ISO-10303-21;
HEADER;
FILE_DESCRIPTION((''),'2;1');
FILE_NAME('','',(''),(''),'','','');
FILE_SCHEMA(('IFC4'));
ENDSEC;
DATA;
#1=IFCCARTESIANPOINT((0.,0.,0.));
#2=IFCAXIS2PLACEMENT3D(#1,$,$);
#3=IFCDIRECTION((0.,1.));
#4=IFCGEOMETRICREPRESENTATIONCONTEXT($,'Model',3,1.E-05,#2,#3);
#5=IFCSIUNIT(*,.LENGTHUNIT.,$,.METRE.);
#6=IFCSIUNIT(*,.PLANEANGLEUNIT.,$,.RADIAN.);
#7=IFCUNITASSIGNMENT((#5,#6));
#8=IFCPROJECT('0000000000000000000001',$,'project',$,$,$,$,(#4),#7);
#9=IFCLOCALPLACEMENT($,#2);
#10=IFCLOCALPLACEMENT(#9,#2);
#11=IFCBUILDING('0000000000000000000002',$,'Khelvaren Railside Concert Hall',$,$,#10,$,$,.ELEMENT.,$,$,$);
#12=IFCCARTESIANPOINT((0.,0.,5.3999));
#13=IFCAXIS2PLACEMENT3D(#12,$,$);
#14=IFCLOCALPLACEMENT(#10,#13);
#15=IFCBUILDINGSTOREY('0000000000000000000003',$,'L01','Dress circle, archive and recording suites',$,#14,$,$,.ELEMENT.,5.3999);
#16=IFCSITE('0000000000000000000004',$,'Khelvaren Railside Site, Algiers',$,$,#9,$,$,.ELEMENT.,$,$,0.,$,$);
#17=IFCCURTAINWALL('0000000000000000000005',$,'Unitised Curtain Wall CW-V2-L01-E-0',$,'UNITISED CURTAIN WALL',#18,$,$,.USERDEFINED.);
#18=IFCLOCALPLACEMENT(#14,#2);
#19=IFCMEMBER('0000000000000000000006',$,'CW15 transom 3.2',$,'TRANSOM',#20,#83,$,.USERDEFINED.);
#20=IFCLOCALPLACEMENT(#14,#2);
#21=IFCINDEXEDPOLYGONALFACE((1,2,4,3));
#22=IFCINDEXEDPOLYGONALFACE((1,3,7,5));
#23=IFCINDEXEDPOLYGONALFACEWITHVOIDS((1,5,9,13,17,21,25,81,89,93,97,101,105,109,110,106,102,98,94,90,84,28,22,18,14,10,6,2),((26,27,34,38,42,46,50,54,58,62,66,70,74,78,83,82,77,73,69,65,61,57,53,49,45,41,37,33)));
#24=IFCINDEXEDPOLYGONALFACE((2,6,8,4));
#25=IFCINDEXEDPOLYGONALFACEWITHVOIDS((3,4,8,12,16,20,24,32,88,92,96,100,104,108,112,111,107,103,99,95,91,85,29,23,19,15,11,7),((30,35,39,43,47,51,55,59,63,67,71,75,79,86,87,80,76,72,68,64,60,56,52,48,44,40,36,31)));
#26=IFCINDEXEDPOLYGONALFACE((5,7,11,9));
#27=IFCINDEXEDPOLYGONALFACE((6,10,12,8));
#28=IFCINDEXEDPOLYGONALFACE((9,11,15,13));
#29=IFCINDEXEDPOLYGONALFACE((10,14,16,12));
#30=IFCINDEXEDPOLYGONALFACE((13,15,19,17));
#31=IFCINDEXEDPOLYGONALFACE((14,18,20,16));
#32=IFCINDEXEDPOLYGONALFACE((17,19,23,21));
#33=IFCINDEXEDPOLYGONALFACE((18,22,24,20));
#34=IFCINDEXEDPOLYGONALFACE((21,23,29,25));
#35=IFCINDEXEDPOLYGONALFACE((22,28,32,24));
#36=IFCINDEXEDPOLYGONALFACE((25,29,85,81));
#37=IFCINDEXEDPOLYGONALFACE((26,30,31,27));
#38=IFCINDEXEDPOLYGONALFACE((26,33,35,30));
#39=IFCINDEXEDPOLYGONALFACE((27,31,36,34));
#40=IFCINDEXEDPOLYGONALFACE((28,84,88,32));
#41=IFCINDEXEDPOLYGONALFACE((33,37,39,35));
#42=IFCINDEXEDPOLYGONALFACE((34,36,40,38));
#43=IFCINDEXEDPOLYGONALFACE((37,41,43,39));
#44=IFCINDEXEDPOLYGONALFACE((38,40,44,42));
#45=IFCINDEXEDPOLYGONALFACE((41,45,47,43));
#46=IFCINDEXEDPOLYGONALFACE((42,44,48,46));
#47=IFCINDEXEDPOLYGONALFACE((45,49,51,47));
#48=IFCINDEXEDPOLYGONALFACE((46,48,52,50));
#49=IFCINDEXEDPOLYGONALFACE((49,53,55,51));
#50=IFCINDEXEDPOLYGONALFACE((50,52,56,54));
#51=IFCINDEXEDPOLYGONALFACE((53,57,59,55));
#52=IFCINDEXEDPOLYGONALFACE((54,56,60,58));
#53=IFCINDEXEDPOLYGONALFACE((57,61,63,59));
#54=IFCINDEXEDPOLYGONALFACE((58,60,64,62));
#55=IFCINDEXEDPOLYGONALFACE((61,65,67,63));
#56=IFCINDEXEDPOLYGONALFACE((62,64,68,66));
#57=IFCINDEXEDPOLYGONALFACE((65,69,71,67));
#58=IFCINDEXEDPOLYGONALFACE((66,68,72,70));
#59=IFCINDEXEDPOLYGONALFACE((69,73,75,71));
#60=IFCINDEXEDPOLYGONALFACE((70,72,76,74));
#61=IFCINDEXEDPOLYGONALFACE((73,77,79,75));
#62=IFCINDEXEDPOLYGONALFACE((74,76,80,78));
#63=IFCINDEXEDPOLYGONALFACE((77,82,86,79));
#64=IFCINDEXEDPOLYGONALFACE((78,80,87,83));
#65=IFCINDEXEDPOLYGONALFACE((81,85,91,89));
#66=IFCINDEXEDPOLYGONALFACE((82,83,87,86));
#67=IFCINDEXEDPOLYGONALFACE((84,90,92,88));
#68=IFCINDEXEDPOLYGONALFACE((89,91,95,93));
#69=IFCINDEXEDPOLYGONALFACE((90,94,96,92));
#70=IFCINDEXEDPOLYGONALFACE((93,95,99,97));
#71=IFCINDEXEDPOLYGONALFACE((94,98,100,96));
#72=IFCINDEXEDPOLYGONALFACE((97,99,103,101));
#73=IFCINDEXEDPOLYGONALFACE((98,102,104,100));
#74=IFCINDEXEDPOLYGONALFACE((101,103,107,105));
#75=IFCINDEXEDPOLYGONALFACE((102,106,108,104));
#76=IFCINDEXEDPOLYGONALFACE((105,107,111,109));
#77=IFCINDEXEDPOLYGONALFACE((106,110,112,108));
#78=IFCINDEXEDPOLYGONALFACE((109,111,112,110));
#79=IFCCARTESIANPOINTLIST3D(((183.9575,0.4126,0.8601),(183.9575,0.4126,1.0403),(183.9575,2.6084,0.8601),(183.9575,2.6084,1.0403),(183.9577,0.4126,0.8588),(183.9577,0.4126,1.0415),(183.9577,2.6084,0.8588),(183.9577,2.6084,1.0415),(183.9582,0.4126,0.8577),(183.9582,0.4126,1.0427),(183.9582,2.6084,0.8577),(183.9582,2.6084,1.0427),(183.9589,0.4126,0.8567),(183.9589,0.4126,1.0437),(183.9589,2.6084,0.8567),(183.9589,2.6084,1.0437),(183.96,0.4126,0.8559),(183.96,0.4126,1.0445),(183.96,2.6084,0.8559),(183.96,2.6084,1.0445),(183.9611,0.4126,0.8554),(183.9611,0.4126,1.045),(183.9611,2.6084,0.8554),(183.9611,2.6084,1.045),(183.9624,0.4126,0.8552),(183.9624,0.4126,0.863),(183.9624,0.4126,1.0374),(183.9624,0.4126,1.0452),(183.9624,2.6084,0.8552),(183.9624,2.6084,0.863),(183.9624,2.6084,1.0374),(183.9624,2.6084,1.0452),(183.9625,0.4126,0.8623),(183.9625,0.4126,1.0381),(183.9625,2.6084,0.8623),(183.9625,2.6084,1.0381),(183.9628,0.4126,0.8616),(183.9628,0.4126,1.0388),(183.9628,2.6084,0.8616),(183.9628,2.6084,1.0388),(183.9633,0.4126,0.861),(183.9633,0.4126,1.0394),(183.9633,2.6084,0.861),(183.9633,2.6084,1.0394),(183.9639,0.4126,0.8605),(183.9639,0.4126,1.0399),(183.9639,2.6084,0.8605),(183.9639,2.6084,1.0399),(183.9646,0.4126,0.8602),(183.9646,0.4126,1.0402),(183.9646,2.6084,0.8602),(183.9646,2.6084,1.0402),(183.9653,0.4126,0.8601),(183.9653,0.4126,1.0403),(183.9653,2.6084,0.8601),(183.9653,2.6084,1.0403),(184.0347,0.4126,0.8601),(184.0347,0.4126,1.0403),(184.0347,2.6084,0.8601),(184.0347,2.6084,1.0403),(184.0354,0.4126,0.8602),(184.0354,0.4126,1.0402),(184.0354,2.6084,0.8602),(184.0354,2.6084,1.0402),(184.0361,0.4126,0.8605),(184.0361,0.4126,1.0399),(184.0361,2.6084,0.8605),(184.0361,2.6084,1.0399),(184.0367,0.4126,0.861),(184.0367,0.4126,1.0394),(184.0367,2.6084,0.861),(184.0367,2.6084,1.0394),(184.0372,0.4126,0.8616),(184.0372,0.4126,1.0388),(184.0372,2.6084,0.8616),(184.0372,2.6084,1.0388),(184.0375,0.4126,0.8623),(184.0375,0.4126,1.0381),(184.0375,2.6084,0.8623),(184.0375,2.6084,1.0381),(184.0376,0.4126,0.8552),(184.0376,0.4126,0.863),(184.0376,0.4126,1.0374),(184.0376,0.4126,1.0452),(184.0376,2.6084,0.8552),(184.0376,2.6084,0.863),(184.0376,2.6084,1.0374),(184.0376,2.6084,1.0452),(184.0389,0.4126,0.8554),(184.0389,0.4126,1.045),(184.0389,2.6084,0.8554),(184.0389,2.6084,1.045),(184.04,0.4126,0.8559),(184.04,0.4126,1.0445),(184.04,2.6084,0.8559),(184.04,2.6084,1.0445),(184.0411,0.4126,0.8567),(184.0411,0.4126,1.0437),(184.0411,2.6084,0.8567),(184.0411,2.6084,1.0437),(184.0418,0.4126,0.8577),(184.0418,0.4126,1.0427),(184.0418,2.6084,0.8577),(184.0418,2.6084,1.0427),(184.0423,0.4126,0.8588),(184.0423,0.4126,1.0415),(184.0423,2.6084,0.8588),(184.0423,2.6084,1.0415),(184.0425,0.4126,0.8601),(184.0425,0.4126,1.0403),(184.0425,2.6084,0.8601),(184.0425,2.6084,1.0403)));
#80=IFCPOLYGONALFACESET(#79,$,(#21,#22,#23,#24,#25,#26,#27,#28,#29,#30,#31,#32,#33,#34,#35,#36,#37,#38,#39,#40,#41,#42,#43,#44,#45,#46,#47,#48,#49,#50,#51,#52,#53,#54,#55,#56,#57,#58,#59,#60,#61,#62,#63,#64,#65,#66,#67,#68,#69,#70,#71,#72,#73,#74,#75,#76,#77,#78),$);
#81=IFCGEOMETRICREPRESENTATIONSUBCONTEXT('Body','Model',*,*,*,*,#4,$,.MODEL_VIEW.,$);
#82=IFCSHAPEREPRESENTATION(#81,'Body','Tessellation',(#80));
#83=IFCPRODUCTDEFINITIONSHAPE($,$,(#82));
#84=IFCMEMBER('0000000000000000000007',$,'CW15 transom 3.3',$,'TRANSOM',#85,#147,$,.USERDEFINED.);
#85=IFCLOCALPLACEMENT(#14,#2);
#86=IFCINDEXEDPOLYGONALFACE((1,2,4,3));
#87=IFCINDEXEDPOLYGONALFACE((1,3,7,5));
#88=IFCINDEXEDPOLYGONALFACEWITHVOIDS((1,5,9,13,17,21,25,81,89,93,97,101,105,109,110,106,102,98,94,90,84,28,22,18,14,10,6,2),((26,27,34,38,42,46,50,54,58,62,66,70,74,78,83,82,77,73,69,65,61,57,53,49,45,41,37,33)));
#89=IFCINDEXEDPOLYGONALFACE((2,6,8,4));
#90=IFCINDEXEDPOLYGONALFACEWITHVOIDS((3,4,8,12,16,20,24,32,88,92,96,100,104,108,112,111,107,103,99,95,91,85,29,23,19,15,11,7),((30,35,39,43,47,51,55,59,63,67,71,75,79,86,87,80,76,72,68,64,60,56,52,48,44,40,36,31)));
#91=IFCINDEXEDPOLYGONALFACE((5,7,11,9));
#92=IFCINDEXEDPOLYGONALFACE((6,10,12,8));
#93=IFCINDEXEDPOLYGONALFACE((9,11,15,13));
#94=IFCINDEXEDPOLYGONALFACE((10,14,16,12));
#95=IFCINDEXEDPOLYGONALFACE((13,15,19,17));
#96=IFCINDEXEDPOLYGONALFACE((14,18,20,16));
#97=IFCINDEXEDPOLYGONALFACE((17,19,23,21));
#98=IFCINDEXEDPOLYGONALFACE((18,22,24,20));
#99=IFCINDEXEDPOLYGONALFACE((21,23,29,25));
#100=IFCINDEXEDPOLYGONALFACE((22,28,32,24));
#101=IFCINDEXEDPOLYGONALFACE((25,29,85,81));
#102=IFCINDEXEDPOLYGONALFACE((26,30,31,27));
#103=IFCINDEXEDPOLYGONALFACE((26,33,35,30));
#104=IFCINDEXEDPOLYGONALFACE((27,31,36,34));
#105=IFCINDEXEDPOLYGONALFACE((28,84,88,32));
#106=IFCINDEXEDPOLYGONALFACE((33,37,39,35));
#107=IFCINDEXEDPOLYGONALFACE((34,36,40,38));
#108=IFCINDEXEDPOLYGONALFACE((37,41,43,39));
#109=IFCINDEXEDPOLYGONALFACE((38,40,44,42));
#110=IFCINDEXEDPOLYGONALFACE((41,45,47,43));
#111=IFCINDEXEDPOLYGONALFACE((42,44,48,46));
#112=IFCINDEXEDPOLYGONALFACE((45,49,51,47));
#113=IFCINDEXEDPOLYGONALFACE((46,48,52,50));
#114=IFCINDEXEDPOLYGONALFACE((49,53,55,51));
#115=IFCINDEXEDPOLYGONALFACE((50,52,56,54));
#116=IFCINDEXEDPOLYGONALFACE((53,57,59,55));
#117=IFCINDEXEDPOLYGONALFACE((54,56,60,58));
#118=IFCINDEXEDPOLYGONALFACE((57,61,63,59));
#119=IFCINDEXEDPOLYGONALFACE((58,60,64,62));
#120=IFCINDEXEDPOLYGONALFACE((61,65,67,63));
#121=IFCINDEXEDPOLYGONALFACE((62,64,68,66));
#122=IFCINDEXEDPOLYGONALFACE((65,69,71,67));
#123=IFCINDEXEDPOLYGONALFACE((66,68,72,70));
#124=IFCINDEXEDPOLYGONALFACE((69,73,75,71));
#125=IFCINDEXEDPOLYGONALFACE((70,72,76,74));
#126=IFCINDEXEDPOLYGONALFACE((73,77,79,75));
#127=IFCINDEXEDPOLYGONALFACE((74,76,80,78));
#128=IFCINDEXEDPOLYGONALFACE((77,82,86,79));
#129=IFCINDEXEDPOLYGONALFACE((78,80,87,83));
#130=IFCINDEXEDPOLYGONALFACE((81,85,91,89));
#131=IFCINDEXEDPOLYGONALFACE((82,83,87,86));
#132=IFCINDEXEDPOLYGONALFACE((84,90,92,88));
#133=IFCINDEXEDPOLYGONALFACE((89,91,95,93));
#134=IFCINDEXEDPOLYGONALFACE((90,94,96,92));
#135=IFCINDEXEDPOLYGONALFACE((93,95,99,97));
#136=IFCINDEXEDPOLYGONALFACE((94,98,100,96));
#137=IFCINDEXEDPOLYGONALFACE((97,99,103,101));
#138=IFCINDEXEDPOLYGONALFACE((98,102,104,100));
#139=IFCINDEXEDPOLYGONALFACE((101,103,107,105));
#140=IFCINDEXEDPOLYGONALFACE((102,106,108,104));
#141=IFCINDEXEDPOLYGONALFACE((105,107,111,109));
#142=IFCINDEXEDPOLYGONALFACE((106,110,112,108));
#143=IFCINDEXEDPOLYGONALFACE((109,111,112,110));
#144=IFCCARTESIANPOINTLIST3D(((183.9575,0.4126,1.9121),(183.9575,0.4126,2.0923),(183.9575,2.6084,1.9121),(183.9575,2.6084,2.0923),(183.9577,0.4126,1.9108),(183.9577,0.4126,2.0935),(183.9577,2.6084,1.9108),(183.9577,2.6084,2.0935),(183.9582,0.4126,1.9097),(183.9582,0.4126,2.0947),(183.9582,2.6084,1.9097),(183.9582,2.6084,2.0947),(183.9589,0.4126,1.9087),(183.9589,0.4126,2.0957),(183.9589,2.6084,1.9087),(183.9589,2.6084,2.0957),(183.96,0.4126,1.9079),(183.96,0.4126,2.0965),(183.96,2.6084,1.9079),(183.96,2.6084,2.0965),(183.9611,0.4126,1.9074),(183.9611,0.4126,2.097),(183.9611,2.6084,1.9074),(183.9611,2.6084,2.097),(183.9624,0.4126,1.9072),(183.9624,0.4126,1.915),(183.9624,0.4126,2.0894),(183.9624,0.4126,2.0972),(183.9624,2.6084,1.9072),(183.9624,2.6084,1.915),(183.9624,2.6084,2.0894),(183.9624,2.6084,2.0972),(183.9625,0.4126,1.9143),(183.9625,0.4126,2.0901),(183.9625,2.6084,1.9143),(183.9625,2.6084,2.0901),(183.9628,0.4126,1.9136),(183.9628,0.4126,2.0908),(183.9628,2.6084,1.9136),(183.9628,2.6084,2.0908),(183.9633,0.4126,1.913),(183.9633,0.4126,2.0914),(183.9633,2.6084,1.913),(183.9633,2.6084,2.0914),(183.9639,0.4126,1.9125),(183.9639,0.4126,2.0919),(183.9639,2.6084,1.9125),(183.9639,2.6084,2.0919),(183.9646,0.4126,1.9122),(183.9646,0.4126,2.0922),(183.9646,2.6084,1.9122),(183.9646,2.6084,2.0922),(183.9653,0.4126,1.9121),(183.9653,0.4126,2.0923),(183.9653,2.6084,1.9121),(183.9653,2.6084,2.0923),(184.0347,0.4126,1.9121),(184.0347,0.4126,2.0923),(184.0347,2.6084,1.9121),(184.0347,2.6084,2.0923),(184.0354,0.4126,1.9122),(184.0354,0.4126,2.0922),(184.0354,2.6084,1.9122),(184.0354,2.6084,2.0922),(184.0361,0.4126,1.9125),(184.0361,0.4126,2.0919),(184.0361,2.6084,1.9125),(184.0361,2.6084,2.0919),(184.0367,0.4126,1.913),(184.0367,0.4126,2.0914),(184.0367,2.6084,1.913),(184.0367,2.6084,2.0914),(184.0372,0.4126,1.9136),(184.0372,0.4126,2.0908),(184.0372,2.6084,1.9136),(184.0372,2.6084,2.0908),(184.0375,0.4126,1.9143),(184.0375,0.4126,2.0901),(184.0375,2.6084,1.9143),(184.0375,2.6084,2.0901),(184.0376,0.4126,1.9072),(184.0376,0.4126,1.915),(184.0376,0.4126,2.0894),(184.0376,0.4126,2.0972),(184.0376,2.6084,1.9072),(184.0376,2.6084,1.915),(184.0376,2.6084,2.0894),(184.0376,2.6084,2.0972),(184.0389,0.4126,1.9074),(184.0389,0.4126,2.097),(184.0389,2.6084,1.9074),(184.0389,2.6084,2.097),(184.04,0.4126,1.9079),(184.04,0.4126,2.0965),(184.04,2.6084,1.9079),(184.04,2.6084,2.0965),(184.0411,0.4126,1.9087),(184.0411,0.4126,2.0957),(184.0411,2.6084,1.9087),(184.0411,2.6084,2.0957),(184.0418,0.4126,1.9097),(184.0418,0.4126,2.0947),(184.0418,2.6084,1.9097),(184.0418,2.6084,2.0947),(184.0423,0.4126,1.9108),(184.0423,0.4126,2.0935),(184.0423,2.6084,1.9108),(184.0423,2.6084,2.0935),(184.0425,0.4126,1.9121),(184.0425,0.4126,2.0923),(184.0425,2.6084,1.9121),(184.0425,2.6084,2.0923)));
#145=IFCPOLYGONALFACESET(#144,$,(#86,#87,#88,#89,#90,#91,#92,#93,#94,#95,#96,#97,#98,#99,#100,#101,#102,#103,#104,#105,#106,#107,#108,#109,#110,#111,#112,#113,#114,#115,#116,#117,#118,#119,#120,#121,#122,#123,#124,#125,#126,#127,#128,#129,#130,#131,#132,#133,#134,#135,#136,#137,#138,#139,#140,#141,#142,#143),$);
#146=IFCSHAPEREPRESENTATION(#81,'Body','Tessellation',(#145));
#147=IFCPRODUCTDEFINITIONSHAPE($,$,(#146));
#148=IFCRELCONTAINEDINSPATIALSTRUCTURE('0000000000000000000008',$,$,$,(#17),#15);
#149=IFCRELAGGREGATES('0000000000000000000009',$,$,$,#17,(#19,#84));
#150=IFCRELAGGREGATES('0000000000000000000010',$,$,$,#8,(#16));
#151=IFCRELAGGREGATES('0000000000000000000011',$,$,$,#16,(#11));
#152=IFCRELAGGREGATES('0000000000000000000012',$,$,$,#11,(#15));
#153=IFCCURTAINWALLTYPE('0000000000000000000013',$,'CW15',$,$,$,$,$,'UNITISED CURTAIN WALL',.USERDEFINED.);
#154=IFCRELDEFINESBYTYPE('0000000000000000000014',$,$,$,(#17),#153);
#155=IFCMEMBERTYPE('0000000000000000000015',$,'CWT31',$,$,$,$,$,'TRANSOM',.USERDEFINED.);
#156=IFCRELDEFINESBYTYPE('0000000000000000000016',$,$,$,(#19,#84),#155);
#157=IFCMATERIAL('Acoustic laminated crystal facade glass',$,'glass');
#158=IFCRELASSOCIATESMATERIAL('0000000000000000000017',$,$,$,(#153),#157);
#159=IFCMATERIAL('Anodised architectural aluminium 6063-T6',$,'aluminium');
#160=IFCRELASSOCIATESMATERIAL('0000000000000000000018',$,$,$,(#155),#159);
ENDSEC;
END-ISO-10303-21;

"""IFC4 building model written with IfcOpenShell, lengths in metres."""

from ifc_helpers import new_model, si_unit, direction, frame, origin, origin_2d, place, context, subcontext, project, spatial, hollow_rectangle, extrude, material, material_profile, profile_set, type_object, element, aggregate, save


model = new_model("IFC4")

# Units and contexts
model_context = context("Model", 3, precision=1e-05, world=origin(), true_north=direction((0.0, 1.0)))
body_context = subcontext(model_context, "Body", "Model", "MODEL_VIEW")
ifc_project = project(units=[si_unit("LENGTHUNIT", "METRE"), si_unit("PLANEANGLEUNIT", "RADIAN")], contexts=[model_context])

# Site, building, storey
site_placement = place(None, origin())
site = spatial("IfcSite", under=ifc_project, at=site_placement, Name="Khelvaren Railside Site, Algiers", CompositionType="ELEMENT", RefElevation=0.0)
building_placement = place(site_placement, origin())
building = spatial("IfcBuilding", under=site, at=building_placement, Name="Khelvaren Railside Concert Hall", CompositionType="ELEMENT")
storey_placement = place(building_placement, frame((0.0, 0.0, 5.3999)))
storey = spatial("IfcBuildingStorey", under=building, at=storey_placement, Name="L01", Description="Dress circle, archive and recording suites", CompositionType="ELEMENT", Elevation=5.3999)

# Shared definitions
ifc_material_1 = material(Name="Acoustic laminated crystal facade glass", Category="glass")
curtain_wall_type = type_object("IfcCurtainWallType", Name="CW15", ElementType="UNITISED CURTAIN WALL", PredefinedType="USERDEFINED", material=ifc_material_1)
ifc_material_2 = material(Name="Anodised architectural aluminium 6063-T6", Category="aluminium")

# Curtain wall
curtain_wall_1_placement = place(storey_placement, origin())
curtain_wall_1 = element("IfcCurtainWall", 1, at=curtain_wall_1_placement, inside=storey, type_object=curtain_wall_type, Name="Unitised Curtain Wall CW-V2-L01-E-0", ObjectType="UNITISED CURTAIN WALL", PredefinedType="USERDEFINED")

# Members
ifc_material_profile_1 = material_profile(ifc_material_2, hollow_rectangle(XDim=0.085, YDim=0.1899, WallThickness=0.0049, InnerFilletRadius=0.0029, OuterFilletRadius=0.0049, at=origin_2d()), Name="CWT 85x190x5")
ifc_profile_set_1 = profile_set([ifc_material_profile_1], Name="Anodised architectural aluminium 6063-T6")
member_type_1 = type_object("IfcMemberType", Name="CWT31", ElementType="TRANSOM", PredefinedType="USERDEFINED", material=ifc_profile_set_1)
member_1_placement = place(storey_placement, frame((184.0, 2.6084, 0.9502), z_axis=(0.0, -1.0, 0.0), x_axis=(1.0, 0.0, 0.0)))
member_1 = element("IfcMember", 2, at=member_1_placement, type_object=member_type_1, Name="CW15 transom 3.2", ObjectType="TRANSOM", PredefinedType="USERDEFINED", context=body_context, shape_type="SweptSolid", body=[
    extrude(hollow_rectangle(XDim=0.085, YDim=0.1899, WallThickness=0.0049, InnerFilletRadius=0.0029, OuterFilletRadius=0.0049, at=origin_2d()), origin(), (0.0, 0.0, 1.0), 2.1958),
])
member_2_placement = place(storey_placement, frame((184.0, 2.6084, 2.0022), z_axis=(0.0, -1.0, 0.0), x_axis=(1.0, 0.0, 0.0)))
member_2 = element("IfcMember", 3, at=member_2_placement, type_object=member_type_1, Name="CW15 transom 3.3", ObjectType="TRANSOM", PredefinedType="USERDEFINED", context=body_context, shape_type="SweptSolid", body=[
    extrude(hollow_rectangle(XDim=0.085, YDim=0.1899, WallThickness=0.0049, InnerFilletRadius=0.0029, OuterFilletRadius=0.0049, at=origin_2d()), origin(), (0.0, 0.0, 1.0), 2.1958),
])

aggregate(curtain_wall_1, [member_1, member_2])

save(model, "model.ifc")
